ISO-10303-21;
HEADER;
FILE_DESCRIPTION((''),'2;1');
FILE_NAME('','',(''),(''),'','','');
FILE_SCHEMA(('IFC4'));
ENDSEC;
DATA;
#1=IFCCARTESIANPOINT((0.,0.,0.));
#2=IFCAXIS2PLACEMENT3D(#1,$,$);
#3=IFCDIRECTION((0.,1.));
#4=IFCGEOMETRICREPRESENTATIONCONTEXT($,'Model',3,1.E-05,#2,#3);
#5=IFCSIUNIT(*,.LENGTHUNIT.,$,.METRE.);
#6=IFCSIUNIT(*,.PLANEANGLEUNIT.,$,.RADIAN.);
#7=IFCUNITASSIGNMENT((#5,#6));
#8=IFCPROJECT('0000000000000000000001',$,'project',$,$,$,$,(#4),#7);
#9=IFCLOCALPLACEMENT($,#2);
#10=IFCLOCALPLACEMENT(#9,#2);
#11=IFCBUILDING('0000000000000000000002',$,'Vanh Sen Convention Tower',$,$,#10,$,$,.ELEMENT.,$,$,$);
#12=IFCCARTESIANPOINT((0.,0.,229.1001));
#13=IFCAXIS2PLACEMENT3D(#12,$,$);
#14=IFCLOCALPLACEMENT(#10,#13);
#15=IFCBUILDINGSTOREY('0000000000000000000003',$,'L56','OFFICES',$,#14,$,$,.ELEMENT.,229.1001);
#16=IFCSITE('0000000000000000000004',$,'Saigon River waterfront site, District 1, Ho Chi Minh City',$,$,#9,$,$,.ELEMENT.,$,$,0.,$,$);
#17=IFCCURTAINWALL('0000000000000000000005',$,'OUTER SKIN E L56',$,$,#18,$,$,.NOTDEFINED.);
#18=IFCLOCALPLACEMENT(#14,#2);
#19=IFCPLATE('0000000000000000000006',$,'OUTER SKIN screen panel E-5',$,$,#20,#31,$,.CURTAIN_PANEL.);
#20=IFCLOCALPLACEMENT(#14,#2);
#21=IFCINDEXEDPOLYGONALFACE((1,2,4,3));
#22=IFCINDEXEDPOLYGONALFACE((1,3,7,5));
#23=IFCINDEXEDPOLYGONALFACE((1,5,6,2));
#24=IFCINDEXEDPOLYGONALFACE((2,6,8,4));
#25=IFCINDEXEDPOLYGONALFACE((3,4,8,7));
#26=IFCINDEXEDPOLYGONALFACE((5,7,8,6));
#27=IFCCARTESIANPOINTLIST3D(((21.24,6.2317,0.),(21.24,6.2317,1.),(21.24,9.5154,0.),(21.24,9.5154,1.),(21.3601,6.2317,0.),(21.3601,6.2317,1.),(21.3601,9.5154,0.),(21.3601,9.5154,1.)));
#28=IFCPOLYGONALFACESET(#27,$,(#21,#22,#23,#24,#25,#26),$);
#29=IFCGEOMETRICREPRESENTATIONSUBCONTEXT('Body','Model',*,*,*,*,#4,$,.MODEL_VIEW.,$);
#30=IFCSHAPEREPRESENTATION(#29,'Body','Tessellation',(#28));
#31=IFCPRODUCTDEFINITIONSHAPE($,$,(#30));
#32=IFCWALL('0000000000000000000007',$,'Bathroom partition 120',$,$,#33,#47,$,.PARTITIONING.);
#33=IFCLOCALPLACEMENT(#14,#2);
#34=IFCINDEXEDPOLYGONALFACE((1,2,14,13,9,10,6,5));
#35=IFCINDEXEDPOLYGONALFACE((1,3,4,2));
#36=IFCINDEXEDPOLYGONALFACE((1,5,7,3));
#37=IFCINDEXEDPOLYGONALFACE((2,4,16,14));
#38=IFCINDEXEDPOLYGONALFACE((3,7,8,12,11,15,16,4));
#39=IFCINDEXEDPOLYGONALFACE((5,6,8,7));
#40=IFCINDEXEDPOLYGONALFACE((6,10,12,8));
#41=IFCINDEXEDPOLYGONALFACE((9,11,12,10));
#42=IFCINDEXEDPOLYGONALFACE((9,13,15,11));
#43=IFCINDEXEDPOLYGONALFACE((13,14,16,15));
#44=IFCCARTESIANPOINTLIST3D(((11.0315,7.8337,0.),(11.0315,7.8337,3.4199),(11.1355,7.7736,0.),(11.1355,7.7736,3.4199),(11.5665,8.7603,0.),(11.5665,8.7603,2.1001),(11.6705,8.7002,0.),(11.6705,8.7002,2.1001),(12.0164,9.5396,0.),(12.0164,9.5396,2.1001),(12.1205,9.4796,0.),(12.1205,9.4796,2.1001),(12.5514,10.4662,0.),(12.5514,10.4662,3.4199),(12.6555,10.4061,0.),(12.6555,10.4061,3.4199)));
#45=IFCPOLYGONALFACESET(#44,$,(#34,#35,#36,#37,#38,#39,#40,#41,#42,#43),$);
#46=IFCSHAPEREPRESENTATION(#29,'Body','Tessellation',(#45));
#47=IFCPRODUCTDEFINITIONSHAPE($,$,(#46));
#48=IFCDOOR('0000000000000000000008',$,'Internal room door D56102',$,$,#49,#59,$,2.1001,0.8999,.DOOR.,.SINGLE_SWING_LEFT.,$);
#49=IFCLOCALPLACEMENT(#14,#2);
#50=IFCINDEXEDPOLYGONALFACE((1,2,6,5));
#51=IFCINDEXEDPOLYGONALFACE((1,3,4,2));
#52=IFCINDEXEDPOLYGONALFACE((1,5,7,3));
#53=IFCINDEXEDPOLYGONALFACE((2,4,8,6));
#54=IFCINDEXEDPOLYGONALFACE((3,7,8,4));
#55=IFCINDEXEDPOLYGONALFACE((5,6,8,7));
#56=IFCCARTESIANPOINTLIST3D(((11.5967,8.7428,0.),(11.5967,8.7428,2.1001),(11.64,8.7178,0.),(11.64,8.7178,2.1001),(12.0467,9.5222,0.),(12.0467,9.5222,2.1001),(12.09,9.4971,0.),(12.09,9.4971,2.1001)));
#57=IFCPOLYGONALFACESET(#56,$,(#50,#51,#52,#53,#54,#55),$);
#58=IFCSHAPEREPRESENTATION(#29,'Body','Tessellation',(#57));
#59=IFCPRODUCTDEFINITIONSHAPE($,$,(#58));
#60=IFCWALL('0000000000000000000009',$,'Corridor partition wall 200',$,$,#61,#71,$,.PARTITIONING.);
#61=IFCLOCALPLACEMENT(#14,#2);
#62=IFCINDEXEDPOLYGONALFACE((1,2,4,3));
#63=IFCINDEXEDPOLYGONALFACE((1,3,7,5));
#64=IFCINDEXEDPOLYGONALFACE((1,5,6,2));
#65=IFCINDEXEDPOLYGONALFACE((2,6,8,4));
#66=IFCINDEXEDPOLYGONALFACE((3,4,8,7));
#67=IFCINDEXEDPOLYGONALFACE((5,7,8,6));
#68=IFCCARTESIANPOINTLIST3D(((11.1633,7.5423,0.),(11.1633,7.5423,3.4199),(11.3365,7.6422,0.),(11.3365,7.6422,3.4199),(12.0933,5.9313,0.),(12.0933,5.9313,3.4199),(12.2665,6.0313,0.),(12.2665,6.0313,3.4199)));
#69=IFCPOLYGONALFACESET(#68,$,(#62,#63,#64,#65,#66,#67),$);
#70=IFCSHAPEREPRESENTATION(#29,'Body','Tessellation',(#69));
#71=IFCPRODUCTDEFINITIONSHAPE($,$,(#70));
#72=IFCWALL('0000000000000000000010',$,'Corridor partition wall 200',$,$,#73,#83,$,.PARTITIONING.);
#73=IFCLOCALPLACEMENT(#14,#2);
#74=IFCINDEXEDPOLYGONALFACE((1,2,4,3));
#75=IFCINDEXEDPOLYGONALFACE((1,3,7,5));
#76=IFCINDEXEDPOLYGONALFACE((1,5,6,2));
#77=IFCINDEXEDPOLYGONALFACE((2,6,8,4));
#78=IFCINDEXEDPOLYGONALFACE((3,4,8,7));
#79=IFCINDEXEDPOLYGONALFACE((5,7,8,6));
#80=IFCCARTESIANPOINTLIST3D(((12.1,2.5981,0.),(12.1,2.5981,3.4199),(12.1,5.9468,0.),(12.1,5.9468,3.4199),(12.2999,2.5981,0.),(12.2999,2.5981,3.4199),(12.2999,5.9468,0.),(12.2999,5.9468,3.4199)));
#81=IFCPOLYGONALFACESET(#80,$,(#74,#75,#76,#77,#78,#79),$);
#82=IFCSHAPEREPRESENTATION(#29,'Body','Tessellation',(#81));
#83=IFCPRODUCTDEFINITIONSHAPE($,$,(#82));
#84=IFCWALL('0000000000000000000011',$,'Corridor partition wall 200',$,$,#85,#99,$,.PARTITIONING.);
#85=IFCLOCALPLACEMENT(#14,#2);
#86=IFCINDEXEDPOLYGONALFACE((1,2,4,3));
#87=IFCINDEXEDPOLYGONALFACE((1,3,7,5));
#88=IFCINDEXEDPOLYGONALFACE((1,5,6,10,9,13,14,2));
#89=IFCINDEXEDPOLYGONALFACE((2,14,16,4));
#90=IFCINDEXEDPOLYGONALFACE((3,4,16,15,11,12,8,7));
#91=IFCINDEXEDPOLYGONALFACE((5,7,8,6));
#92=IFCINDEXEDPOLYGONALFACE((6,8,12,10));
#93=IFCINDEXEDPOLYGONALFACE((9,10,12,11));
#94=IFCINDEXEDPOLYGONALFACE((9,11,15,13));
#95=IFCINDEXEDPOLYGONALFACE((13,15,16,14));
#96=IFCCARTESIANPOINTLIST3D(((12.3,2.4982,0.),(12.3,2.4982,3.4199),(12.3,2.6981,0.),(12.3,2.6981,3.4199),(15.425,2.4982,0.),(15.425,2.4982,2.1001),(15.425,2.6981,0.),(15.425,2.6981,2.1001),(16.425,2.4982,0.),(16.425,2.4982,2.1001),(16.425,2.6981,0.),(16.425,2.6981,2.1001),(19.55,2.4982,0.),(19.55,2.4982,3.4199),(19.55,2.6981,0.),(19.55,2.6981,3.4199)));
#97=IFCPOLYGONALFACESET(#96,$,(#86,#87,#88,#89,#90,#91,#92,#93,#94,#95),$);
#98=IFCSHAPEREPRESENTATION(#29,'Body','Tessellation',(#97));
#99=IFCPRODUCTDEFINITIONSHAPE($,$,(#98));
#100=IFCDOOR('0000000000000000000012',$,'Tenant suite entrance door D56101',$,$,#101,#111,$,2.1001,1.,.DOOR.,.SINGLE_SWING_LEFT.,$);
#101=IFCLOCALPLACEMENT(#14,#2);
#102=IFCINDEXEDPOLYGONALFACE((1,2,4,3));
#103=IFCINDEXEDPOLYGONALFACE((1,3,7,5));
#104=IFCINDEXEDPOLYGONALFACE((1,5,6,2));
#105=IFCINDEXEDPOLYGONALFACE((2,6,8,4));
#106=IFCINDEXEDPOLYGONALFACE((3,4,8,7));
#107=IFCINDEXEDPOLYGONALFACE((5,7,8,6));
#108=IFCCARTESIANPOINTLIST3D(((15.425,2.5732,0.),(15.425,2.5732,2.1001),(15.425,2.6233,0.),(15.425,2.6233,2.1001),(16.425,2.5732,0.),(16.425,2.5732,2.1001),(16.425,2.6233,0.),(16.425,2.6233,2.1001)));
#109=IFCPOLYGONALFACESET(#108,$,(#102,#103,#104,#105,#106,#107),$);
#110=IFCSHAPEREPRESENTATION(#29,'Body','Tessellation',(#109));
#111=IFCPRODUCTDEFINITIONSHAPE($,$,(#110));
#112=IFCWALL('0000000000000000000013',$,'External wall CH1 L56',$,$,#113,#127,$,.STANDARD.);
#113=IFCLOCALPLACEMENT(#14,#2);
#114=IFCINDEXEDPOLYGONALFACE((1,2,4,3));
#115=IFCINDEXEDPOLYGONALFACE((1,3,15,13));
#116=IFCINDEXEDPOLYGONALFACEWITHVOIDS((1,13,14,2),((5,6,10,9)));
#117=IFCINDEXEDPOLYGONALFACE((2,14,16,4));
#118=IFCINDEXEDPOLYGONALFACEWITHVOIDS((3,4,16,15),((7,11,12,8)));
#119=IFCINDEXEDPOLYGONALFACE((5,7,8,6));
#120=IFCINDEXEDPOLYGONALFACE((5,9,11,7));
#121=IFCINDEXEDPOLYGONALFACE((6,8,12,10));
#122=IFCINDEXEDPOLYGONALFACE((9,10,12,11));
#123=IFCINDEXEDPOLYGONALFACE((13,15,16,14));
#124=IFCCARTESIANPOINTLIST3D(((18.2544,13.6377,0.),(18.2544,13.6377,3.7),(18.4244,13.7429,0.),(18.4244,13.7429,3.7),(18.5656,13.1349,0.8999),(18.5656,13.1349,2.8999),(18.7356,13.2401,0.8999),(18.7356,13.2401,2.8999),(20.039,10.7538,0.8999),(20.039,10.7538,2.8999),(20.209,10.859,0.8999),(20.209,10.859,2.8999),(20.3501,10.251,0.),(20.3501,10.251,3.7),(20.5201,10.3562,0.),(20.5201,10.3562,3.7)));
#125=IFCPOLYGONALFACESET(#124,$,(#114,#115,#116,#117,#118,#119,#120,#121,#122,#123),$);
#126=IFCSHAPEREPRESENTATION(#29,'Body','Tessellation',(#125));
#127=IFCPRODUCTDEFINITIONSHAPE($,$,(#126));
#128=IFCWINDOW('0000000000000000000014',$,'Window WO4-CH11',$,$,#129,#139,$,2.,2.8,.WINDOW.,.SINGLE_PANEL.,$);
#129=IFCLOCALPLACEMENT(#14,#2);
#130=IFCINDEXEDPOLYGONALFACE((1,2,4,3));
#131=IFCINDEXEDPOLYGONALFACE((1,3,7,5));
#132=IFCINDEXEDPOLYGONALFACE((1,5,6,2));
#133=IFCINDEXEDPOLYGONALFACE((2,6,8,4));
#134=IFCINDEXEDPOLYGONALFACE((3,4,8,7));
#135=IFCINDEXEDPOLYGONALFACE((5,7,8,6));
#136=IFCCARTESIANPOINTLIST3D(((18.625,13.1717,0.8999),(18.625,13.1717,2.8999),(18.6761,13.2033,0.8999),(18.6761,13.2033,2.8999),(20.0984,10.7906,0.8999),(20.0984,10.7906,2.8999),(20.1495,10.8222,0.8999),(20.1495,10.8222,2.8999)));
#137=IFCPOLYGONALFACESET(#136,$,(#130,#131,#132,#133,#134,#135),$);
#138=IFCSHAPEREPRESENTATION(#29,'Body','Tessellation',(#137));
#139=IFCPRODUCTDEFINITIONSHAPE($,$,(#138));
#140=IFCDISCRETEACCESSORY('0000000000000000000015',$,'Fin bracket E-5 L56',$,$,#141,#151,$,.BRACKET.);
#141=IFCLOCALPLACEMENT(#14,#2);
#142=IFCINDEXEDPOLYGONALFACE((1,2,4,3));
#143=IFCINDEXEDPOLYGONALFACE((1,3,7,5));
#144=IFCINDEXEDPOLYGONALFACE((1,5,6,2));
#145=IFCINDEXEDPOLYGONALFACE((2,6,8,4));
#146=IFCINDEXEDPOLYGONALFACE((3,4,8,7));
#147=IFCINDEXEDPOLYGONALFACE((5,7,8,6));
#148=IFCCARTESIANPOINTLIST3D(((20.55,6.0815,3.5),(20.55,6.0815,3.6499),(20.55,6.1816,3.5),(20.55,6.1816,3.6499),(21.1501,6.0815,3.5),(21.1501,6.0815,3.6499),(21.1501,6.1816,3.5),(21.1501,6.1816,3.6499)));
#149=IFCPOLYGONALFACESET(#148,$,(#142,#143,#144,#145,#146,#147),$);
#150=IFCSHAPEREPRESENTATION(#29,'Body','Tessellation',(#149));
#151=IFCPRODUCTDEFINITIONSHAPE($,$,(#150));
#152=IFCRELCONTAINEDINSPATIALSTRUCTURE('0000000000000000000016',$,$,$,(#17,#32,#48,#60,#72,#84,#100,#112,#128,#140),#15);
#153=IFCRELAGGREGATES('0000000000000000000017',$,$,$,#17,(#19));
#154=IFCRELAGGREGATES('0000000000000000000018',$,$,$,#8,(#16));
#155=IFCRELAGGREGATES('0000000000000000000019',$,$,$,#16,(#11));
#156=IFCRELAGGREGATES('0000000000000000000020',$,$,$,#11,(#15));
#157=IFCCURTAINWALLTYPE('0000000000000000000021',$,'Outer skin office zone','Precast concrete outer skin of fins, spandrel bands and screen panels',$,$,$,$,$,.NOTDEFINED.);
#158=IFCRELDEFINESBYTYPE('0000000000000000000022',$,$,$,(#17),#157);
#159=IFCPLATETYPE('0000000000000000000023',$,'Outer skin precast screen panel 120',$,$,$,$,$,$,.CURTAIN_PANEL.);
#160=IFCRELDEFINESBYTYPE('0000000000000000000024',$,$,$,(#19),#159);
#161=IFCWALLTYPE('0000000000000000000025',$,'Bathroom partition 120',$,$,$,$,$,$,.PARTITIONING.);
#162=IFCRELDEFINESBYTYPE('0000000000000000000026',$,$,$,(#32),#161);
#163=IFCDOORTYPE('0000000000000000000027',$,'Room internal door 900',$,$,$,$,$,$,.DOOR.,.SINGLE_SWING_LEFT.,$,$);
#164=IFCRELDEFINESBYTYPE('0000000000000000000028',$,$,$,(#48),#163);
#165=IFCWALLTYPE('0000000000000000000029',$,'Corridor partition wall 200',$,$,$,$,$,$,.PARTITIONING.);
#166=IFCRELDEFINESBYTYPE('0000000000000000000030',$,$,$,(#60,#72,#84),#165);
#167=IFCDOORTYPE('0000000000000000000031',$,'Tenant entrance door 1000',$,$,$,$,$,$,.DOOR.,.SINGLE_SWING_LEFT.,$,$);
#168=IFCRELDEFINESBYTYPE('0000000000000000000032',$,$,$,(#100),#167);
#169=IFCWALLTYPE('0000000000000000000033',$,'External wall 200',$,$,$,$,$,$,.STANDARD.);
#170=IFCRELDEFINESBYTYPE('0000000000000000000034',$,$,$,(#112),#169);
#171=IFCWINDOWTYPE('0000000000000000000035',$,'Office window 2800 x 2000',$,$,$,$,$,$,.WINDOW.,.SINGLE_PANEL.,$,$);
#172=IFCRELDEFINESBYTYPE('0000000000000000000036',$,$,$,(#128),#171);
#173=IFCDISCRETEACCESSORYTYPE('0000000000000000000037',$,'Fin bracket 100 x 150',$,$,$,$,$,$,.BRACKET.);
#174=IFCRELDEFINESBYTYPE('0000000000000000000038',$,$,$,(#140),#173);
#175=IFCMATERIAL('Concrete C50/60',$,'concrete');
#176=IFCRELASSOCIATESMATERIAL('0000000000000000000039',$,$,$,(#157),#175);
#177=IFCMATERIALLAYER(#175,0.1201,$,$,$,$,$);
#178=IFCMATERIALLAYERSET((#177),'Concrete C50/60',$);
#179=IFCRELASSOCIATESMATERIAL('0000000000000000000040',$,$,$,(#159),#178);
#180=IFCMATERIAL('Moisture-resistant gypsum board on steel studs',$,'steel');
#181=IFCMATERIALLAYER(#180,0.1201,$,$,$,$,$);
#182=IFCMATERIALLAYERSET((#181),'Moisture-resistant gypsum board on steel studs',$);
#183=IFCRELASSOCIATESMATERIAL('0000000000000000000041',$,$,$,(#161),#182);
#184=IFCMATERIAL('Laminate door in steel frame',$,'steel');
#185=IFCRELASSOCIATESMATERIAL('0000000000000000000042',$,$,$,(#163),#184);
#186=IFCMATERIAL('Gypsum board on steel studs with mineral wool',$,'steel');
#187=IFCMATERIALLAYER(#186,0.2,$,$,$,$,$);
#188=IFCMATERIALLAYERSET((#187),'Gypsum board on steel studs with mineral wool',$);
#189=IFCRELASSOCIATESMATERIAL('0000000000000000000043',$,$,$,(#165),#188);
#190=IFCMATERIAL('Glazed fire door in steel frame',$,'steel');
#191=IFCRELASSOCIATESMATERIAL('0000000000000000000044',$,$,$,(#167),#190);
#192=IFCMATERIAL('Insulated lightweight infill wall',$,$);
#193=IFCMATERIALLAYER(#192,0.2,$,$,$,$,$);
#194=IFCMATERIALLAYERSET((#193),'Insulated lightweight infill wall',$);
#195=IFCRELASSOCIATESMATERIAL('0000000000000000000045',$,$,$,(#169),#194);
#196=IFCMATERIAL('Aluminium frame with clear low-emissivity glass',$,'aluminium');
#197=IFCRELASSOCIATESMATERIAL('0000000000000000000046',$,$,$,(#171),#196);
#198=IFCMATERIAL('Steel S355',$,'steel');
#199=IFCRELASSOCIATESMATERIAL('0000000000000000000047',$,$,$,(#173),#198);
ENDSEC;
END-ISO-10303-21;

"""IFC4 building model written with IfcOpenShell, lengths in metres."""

from ifc_helpers import new_model, si_unit, direction, frame, frame_2d, origin, origin_2d, place, context, subcontext, project, spatial, rectangle, extrude, material, layer, layer_set, type_object, element, fill, aggregate, save


model = new_model("IFC4")

# Units and contexts
model_context = context("Model", 3, precision=1e-05, world=origin(), true_north=direction((0.0, 1.0)))
body_context = subcontext(model_context, "Body", "Model", "MODEL_VIEW")
ifc_project = project(units=[si_unit("LENGTHUNIT", "METRE"), si_unit("PLANEANGLEUNIT", "RADIAN")], contexts=[model_context])

# Site, building, storey
site_placement = place(None, origin())
site = spatial("IfcSite", under=ifc_project, at=site_placement, Name="Saigon River waterfront site, District 1, Ho Chi Minh City", CompositionType="ELEMENT", RefElevation=0.0)
building_placement = place(site_placement, origin())
building = spatial("IfcBuilding", under=site, at=building_placement, Name="Vanh Sen Convention Tower", CompositionType="ELEMENT")
storey_placement = place(building_placement, frame((0.0, 0.0, 229.1001)))
storey = spatial("IfcBuildingStorey", under=building, at=storey_placement, Name="L56", Description="OFFICES", CompositionType="ELEMENT", Elevation=229.1001)

# Curtain wall
ifc_material_1 = material(Name="Concrete C50/60", Category="concrete")
curtain_wall_type = type_object("IfcCurtainWallType", Name="Outer skin office zone", Description="Precast concrete outer skin of fins, spandrel bands and screen panels", PredefinedType="NOTDEFINED", material=ifc_material_1)
curtain_wall_1_placement = place(storey_placement, origin())
curtain_wall_1 = element("IfcCurtainWall", 1, at=curtain_wall_1_placement, inside=storey, type_object=curtain_wall_type, Name="OUTER SKIN E L56", PredefinedType="NOTDEFINED")

# Plate
ifc_layer_1 = layer(ifc_material_1, 0.1201)
ifc_layer_set_1 = layer_set([ifc_layer_1], Name="Concrete C50/60")
plate_type = type_object("IfcPlateType", Name="Outer skin precast screen panel 120", PredefinedType="CURTAIN_PANEL", material=ifc_layer_set_1)
plate_1_placement = place(storey_placement, frame((21.3, 7.8735, 0.0), z_axis=(0.0, 0.0, 1.0), x_axis=(0.0, 1.0, 0.0)))
plate_1 = element("IfcPlate", 2, at=plate_1_placement, type_object=plate_type, Name="OUTER SKIN screen panel E-5", PredefinedType="CURTAIN_PANEL", context=body_context, shape_type="SweptSolid", body=[
    extrude(rectangle(XDim=3.2837, YDim=0.1201, at=origin_2d()), origin(), (0.0, 0.0, 1.0), 1.0),
])
aggregate(curtain_wall_1, [plate_1])

# Wall, opening, door
ifc_material_2 = material(Name="Moisture-resistant gypsum board on steel studs", Category="steel")
ifc_layer_2 = layer(ifc_material_2, 0.1201)
ifc_layer_set_2 = layer_set([ifc_layer_2], Name="Moisture-resistant gypsum board on steel studs")
wall_type_1 = type_object("IfcWallType", Name="Bathroom partition 120", PredefinedType="PARTITIONING", material=ifc_layer_set_2)
wall_1_placement = place(storey_placement, frame((12.6035, 10.4363, 0.0), z_axis=(0.0, 0.0, 1.0), x_axis=(-0.500026, -0.86601, 0.0)))
wall_1 = element("IfcWall", 3, at=wall_1_placement, inside=storey, type_object=wall_type_1, Name="Bathroom partition 120", PredefinedType="PARTITIONING", context=body_context, shape_type="SweptSolid", body=[
    extrude(rectangle(XDim=3.0398, YDim=0.1201, at=frame_2d((1.52, 0.0))), origin(), (0.0, 0.0, 1.0), 3.4199),
])
opening_1_placement = place(wall_1_placement, frame((1.0701, 0.0, 0.0)))
opening_1 = element("IfcOpeningElement", 4, at=opening_1_placement, cuts=wall_1, PredefinedType="OPENING", context=body_context, shape_type="SweptSolid", body=[
    extrude(rectangle(XDim=0.8999, YDim=2.1001, at=frame_2d((0.45, 1.05))), frame((0.0, 0.0701, 0.0), z_axis=(0.0, -1.0, 0.0), x_axis=(1.0, 0.0, 0.0)), (0.0, 0.0, 1.0), 0.1401),
])
ifc_material_3 = material(Name="Laminate door in steel frame", Category="steel")
door_type_1 = type_object("IfcDoorType", Name="Room internal door 900", OperationType="SINGLE_SWING_LEFT", PredefinedType="DOOR", material=ifc_material_3)
door_1_placement = place(opening_1_placement, origin())
door_1 = element("IfcDoor", 5, at=door_1_placement, inside=storey, type_object=door_type_1, Name="Internal room door D56102", OperationType="SINGLE_SWING_LEFT", OverallHeight=2.1001, OverallWidth=0.8999, PredefinedType="DOOR", context=body_context, shape_type="SweptSolid", body=[
    extrude(rectangle(XDim=0.8999, YDim=2.1001, at=frame_2d((0.45, 1.05))), frame((0.0, 0.0249, 0.0), z_axis=(0.0, -1.0, 0.0), x_axis=(1.0, 0.0, 0.0)), (0.0, 0.0, 1.0), 0.05),
])
fill(opening_1, door_1)

# Walls
ifc_material_4 = material(Name="Gypsum board on steel studs with mineral wool", Category="steel")
ifc_layer_3 = layer(ifc_material_4, 0.2)
ifc_layer_set_3 = layer_set([ifc_layer_3], Name="Gypsum board on steel studs with mineral wool")
wall_type_2 = type_object("IfcWallType", Name="Corridor partition wall 200", PredefinedType="PARTITIONING", material=ifc_layer_set_3)
wall_2_placement = place(storey_placement, frame((12.1799, 5.9812, 0.0), z_axis=(0.0, 0.0, 1.0), x_axis=(-0.499965, 0.866046, 0.0)))
element("IfcWall", 6, at=wall_2_placement, inside=storey, type_object=wall_type_2, Name="Corridor partition wall 200", PredefinedType="PARTITIONING", context=body_context, shape_type="SweptSolid", body=[
    extrude(rectangle(XDim=1.8601, YDim=0.2, at=frame_2d((0.9302, 0.0))), origin(), (0.0, 0.0, 1.0), 3.4199),
])
wall_3_placement = place(storey_placement, frame((12.2, 2.5981, 0.0), z_axis=(0.0, 0.0, 1.0), x_axis=(0.0, 1.0, 0.0)))
element("IfcWall", 7, at=wall_3_placement, inside=storey, type_object=wall_type_2, Name="Corridor partition wall 200", PredefinedType="PARTITIONING", context=body_context, shape_type="SweptSolid", body=[
    extrude(rectangle(XDim=3.3486, YDim=0.2, at=frame_2d((1.6743, 0.0))), origin(), (0.0, 0.0, 1.0), 3.4199),
])

# Wall, opening, door
wall_4_placement = place(storey_placement, frame((19.55, 2.5981, 0.0), z_axis=(0.0, 0.0, 1.0), x_axis=(-1.0, 0.0, 0.0)))
wall_4 = element("IfcWall", 8, at=wall_4_placement, inside=storey, type_object=wall_type_2, Name="Corridor partition wall 200", PredefinedType="PARTITIONING", context=body_context, shape_type="SweptSolid", body=[
    extrude(rectangle(XDim=7.25, YDim=0.2, at=frame_2d((3.625, 0.0))), origin(), (0.0, 0.0, 1.0), 3.4199),
])
opening_2_placement = place(wall_4_placement, frame((3.125, 0.0, 0.0)))
opening_2 = element("IfcOpeningElement", 9, at=opening_2_placement, cuts=wall_4, PredefinedType="OPENING", context=body_context, shape_type="SweptSolid", body=[
    extrude(rectangle(XDim=1.0, YDim=2.1001, at=frame_2d((0.5, 1.05))), frame((0.0, 0.1099, 0.0), z_axis=(0.0, -1.0, 0.0), x_axis=(1.0, 0.0, 0.0)), (0.0, 0.0, 1.0), 0.22),
])
ifc_material_5 = material(Name="Glazed fire door in steel frame", Category="steel")
door_type_2 = type_object("IfcDoorType", Name="Tenant entrance door 1000", OperationType="SINGLE_SWING_LEFT", PredefinedType="DOOR", material=ifc_material_5)
door_2_placement = place(opening_2_placement, origin())
door_2 = element("IfcDoor", 10, at=door_2_placement, inside=storey, type_object=door_type_2, Name="Tenant suite entrance door D56101", OperationType="SINGLE_SWING_LEFT", OverallHeight=2.1001, OverallWidth=1.0, PredefinedType="DOOR", context=body_context, shape_type="SweptSolid", body=[
    extrude(rectangle(XDim=1.0, YDim=2.1001, at=frame_2d((0.5, 1.05))), frame((0.0, 0.0249, 0.0), z_axis=(0.0, -1.0, 0.0), x_axis=(1.0, 0.0, 0.0)), (0.0, 0.0, 1.0), 0.05),
])
fill(opening_2, door_2)

# Wall, opening, window
ifc_material_6 = material(Name="Insulated lightweight infill wall")
ifc_layer_4 = layer(ifc_material_6, 0.2)
ifc_layer_set_4 = layer_set([ifc_layer_4], Name="Insulated lightweight infill wall")
wall_type_3 = type_object("IfcWallType", Name="External wall 200", PredefinedType="STANDARD", material=ifc_layer_set_4)
wall_5_placement = place(storey_placement, frame((20.4351, 10.3037, 0.0), z_axis=(0.0, 0.0, 1.0), x_axis=(-0.526203, 0.850359, 0.0)))
wall_5 = element("IfcWall", 11, at=wall_5_placement, inside=storey, type_object=wall_type_3, Name="External wall CH1 L56", PredefinedType="STANDARD", context=body_context, shape_type="SweptSolid", body=[
    extrude(rectangle(XDim=3.9827, YDim=0.2, at=frame_2d((1.9912, 0.0))), origin(), (0.0, 0.0, 1.0), 3.7),
])
opening_3_placement = place(wall_5_placement, frame((0.5913, 0.0, 0.8999)))
opening_3 = element("IfcOpeningElement", 12, at=opening_3_placement, cuts=wall_5, PredefinedType="OPENING", context=body_context, shape_type="SweptSolid", body=[
    extrude(rectangle(XDim=2.8, YDim=2.0, at=frame_2d((1.3999, 1.0))), frame((0.0, 0.1099, 0.0), z_axis=(0.0, -1.0, 0.0), x_axis=(1.0, 0.0, 0.0)), (0.0, 0.0, 1.0), 0.22),
])
ifc_material_7 = material(Name="Aluminium frame with clear low-emissivity glass", Category="aluminium")
window_type = type_object("IfcWindowType", Name="Office window 2800 x 2000", PartitioningType="SINGLE_PANEL", PredefinedType="WINDOW", material=ifc_material_7)
window_placement = place(opening_3_placement, origin())
window = element("IfcWindow", 13, at=window_placement, inside=storey, type_object=window_type, Name="Window WO4-CH11", OverallHeight=2.0, OverallWidth=2.8, PartitioningType="SINGLE_PANEL", PredefinedType="WINDOW", context=body_context, shape_type="SweptSolid", body=[
    extrude(rectangle(XDim=2.8, YDim=2.0, at=frame_2d((1.3999, 1.0))), frame((0.0, 0.03, 0.0), z_axis=(0.0, -1.0, 0.0), x_axis=(1.0, 0.0, 0.0)), (0.0, 0.0, 1.0), 0.0601),
])
fill(opening_3, window)

# Discrete accessory
ifc_material_8 = material(Name="Steel S355", Category="steel")
discrete_accessory_type = type_object("IfcDiscreteAccessoryType", Name="Fin bracket 100 x 150", PredefinedType="BRACKET", material=ifc_material_8)
discrete_accessory_placement = place(storey_placement, frame((20.8501, 6.1316, 3.5), z_axis=(0.0, 0.0, 1.0), x_axis=(1.0, 0.0, 0.0)))
element("IfcDiscreteAccessory", 14, at=discrete_accessory_placement, inside=storey, type_object=discrete_accessory_type, Name="Fin bracket E-5 L56", PredefinedType="BRACKET", context=body_context, shape_type="SweptSolid", body=[
    extrude(rectangle(XDim=0.6001, YDim=0.1001, at=origin_2d()), origin(), (0.0, 0.0, 1.0), 0.1499),
])

save(model, "model.ifc")
